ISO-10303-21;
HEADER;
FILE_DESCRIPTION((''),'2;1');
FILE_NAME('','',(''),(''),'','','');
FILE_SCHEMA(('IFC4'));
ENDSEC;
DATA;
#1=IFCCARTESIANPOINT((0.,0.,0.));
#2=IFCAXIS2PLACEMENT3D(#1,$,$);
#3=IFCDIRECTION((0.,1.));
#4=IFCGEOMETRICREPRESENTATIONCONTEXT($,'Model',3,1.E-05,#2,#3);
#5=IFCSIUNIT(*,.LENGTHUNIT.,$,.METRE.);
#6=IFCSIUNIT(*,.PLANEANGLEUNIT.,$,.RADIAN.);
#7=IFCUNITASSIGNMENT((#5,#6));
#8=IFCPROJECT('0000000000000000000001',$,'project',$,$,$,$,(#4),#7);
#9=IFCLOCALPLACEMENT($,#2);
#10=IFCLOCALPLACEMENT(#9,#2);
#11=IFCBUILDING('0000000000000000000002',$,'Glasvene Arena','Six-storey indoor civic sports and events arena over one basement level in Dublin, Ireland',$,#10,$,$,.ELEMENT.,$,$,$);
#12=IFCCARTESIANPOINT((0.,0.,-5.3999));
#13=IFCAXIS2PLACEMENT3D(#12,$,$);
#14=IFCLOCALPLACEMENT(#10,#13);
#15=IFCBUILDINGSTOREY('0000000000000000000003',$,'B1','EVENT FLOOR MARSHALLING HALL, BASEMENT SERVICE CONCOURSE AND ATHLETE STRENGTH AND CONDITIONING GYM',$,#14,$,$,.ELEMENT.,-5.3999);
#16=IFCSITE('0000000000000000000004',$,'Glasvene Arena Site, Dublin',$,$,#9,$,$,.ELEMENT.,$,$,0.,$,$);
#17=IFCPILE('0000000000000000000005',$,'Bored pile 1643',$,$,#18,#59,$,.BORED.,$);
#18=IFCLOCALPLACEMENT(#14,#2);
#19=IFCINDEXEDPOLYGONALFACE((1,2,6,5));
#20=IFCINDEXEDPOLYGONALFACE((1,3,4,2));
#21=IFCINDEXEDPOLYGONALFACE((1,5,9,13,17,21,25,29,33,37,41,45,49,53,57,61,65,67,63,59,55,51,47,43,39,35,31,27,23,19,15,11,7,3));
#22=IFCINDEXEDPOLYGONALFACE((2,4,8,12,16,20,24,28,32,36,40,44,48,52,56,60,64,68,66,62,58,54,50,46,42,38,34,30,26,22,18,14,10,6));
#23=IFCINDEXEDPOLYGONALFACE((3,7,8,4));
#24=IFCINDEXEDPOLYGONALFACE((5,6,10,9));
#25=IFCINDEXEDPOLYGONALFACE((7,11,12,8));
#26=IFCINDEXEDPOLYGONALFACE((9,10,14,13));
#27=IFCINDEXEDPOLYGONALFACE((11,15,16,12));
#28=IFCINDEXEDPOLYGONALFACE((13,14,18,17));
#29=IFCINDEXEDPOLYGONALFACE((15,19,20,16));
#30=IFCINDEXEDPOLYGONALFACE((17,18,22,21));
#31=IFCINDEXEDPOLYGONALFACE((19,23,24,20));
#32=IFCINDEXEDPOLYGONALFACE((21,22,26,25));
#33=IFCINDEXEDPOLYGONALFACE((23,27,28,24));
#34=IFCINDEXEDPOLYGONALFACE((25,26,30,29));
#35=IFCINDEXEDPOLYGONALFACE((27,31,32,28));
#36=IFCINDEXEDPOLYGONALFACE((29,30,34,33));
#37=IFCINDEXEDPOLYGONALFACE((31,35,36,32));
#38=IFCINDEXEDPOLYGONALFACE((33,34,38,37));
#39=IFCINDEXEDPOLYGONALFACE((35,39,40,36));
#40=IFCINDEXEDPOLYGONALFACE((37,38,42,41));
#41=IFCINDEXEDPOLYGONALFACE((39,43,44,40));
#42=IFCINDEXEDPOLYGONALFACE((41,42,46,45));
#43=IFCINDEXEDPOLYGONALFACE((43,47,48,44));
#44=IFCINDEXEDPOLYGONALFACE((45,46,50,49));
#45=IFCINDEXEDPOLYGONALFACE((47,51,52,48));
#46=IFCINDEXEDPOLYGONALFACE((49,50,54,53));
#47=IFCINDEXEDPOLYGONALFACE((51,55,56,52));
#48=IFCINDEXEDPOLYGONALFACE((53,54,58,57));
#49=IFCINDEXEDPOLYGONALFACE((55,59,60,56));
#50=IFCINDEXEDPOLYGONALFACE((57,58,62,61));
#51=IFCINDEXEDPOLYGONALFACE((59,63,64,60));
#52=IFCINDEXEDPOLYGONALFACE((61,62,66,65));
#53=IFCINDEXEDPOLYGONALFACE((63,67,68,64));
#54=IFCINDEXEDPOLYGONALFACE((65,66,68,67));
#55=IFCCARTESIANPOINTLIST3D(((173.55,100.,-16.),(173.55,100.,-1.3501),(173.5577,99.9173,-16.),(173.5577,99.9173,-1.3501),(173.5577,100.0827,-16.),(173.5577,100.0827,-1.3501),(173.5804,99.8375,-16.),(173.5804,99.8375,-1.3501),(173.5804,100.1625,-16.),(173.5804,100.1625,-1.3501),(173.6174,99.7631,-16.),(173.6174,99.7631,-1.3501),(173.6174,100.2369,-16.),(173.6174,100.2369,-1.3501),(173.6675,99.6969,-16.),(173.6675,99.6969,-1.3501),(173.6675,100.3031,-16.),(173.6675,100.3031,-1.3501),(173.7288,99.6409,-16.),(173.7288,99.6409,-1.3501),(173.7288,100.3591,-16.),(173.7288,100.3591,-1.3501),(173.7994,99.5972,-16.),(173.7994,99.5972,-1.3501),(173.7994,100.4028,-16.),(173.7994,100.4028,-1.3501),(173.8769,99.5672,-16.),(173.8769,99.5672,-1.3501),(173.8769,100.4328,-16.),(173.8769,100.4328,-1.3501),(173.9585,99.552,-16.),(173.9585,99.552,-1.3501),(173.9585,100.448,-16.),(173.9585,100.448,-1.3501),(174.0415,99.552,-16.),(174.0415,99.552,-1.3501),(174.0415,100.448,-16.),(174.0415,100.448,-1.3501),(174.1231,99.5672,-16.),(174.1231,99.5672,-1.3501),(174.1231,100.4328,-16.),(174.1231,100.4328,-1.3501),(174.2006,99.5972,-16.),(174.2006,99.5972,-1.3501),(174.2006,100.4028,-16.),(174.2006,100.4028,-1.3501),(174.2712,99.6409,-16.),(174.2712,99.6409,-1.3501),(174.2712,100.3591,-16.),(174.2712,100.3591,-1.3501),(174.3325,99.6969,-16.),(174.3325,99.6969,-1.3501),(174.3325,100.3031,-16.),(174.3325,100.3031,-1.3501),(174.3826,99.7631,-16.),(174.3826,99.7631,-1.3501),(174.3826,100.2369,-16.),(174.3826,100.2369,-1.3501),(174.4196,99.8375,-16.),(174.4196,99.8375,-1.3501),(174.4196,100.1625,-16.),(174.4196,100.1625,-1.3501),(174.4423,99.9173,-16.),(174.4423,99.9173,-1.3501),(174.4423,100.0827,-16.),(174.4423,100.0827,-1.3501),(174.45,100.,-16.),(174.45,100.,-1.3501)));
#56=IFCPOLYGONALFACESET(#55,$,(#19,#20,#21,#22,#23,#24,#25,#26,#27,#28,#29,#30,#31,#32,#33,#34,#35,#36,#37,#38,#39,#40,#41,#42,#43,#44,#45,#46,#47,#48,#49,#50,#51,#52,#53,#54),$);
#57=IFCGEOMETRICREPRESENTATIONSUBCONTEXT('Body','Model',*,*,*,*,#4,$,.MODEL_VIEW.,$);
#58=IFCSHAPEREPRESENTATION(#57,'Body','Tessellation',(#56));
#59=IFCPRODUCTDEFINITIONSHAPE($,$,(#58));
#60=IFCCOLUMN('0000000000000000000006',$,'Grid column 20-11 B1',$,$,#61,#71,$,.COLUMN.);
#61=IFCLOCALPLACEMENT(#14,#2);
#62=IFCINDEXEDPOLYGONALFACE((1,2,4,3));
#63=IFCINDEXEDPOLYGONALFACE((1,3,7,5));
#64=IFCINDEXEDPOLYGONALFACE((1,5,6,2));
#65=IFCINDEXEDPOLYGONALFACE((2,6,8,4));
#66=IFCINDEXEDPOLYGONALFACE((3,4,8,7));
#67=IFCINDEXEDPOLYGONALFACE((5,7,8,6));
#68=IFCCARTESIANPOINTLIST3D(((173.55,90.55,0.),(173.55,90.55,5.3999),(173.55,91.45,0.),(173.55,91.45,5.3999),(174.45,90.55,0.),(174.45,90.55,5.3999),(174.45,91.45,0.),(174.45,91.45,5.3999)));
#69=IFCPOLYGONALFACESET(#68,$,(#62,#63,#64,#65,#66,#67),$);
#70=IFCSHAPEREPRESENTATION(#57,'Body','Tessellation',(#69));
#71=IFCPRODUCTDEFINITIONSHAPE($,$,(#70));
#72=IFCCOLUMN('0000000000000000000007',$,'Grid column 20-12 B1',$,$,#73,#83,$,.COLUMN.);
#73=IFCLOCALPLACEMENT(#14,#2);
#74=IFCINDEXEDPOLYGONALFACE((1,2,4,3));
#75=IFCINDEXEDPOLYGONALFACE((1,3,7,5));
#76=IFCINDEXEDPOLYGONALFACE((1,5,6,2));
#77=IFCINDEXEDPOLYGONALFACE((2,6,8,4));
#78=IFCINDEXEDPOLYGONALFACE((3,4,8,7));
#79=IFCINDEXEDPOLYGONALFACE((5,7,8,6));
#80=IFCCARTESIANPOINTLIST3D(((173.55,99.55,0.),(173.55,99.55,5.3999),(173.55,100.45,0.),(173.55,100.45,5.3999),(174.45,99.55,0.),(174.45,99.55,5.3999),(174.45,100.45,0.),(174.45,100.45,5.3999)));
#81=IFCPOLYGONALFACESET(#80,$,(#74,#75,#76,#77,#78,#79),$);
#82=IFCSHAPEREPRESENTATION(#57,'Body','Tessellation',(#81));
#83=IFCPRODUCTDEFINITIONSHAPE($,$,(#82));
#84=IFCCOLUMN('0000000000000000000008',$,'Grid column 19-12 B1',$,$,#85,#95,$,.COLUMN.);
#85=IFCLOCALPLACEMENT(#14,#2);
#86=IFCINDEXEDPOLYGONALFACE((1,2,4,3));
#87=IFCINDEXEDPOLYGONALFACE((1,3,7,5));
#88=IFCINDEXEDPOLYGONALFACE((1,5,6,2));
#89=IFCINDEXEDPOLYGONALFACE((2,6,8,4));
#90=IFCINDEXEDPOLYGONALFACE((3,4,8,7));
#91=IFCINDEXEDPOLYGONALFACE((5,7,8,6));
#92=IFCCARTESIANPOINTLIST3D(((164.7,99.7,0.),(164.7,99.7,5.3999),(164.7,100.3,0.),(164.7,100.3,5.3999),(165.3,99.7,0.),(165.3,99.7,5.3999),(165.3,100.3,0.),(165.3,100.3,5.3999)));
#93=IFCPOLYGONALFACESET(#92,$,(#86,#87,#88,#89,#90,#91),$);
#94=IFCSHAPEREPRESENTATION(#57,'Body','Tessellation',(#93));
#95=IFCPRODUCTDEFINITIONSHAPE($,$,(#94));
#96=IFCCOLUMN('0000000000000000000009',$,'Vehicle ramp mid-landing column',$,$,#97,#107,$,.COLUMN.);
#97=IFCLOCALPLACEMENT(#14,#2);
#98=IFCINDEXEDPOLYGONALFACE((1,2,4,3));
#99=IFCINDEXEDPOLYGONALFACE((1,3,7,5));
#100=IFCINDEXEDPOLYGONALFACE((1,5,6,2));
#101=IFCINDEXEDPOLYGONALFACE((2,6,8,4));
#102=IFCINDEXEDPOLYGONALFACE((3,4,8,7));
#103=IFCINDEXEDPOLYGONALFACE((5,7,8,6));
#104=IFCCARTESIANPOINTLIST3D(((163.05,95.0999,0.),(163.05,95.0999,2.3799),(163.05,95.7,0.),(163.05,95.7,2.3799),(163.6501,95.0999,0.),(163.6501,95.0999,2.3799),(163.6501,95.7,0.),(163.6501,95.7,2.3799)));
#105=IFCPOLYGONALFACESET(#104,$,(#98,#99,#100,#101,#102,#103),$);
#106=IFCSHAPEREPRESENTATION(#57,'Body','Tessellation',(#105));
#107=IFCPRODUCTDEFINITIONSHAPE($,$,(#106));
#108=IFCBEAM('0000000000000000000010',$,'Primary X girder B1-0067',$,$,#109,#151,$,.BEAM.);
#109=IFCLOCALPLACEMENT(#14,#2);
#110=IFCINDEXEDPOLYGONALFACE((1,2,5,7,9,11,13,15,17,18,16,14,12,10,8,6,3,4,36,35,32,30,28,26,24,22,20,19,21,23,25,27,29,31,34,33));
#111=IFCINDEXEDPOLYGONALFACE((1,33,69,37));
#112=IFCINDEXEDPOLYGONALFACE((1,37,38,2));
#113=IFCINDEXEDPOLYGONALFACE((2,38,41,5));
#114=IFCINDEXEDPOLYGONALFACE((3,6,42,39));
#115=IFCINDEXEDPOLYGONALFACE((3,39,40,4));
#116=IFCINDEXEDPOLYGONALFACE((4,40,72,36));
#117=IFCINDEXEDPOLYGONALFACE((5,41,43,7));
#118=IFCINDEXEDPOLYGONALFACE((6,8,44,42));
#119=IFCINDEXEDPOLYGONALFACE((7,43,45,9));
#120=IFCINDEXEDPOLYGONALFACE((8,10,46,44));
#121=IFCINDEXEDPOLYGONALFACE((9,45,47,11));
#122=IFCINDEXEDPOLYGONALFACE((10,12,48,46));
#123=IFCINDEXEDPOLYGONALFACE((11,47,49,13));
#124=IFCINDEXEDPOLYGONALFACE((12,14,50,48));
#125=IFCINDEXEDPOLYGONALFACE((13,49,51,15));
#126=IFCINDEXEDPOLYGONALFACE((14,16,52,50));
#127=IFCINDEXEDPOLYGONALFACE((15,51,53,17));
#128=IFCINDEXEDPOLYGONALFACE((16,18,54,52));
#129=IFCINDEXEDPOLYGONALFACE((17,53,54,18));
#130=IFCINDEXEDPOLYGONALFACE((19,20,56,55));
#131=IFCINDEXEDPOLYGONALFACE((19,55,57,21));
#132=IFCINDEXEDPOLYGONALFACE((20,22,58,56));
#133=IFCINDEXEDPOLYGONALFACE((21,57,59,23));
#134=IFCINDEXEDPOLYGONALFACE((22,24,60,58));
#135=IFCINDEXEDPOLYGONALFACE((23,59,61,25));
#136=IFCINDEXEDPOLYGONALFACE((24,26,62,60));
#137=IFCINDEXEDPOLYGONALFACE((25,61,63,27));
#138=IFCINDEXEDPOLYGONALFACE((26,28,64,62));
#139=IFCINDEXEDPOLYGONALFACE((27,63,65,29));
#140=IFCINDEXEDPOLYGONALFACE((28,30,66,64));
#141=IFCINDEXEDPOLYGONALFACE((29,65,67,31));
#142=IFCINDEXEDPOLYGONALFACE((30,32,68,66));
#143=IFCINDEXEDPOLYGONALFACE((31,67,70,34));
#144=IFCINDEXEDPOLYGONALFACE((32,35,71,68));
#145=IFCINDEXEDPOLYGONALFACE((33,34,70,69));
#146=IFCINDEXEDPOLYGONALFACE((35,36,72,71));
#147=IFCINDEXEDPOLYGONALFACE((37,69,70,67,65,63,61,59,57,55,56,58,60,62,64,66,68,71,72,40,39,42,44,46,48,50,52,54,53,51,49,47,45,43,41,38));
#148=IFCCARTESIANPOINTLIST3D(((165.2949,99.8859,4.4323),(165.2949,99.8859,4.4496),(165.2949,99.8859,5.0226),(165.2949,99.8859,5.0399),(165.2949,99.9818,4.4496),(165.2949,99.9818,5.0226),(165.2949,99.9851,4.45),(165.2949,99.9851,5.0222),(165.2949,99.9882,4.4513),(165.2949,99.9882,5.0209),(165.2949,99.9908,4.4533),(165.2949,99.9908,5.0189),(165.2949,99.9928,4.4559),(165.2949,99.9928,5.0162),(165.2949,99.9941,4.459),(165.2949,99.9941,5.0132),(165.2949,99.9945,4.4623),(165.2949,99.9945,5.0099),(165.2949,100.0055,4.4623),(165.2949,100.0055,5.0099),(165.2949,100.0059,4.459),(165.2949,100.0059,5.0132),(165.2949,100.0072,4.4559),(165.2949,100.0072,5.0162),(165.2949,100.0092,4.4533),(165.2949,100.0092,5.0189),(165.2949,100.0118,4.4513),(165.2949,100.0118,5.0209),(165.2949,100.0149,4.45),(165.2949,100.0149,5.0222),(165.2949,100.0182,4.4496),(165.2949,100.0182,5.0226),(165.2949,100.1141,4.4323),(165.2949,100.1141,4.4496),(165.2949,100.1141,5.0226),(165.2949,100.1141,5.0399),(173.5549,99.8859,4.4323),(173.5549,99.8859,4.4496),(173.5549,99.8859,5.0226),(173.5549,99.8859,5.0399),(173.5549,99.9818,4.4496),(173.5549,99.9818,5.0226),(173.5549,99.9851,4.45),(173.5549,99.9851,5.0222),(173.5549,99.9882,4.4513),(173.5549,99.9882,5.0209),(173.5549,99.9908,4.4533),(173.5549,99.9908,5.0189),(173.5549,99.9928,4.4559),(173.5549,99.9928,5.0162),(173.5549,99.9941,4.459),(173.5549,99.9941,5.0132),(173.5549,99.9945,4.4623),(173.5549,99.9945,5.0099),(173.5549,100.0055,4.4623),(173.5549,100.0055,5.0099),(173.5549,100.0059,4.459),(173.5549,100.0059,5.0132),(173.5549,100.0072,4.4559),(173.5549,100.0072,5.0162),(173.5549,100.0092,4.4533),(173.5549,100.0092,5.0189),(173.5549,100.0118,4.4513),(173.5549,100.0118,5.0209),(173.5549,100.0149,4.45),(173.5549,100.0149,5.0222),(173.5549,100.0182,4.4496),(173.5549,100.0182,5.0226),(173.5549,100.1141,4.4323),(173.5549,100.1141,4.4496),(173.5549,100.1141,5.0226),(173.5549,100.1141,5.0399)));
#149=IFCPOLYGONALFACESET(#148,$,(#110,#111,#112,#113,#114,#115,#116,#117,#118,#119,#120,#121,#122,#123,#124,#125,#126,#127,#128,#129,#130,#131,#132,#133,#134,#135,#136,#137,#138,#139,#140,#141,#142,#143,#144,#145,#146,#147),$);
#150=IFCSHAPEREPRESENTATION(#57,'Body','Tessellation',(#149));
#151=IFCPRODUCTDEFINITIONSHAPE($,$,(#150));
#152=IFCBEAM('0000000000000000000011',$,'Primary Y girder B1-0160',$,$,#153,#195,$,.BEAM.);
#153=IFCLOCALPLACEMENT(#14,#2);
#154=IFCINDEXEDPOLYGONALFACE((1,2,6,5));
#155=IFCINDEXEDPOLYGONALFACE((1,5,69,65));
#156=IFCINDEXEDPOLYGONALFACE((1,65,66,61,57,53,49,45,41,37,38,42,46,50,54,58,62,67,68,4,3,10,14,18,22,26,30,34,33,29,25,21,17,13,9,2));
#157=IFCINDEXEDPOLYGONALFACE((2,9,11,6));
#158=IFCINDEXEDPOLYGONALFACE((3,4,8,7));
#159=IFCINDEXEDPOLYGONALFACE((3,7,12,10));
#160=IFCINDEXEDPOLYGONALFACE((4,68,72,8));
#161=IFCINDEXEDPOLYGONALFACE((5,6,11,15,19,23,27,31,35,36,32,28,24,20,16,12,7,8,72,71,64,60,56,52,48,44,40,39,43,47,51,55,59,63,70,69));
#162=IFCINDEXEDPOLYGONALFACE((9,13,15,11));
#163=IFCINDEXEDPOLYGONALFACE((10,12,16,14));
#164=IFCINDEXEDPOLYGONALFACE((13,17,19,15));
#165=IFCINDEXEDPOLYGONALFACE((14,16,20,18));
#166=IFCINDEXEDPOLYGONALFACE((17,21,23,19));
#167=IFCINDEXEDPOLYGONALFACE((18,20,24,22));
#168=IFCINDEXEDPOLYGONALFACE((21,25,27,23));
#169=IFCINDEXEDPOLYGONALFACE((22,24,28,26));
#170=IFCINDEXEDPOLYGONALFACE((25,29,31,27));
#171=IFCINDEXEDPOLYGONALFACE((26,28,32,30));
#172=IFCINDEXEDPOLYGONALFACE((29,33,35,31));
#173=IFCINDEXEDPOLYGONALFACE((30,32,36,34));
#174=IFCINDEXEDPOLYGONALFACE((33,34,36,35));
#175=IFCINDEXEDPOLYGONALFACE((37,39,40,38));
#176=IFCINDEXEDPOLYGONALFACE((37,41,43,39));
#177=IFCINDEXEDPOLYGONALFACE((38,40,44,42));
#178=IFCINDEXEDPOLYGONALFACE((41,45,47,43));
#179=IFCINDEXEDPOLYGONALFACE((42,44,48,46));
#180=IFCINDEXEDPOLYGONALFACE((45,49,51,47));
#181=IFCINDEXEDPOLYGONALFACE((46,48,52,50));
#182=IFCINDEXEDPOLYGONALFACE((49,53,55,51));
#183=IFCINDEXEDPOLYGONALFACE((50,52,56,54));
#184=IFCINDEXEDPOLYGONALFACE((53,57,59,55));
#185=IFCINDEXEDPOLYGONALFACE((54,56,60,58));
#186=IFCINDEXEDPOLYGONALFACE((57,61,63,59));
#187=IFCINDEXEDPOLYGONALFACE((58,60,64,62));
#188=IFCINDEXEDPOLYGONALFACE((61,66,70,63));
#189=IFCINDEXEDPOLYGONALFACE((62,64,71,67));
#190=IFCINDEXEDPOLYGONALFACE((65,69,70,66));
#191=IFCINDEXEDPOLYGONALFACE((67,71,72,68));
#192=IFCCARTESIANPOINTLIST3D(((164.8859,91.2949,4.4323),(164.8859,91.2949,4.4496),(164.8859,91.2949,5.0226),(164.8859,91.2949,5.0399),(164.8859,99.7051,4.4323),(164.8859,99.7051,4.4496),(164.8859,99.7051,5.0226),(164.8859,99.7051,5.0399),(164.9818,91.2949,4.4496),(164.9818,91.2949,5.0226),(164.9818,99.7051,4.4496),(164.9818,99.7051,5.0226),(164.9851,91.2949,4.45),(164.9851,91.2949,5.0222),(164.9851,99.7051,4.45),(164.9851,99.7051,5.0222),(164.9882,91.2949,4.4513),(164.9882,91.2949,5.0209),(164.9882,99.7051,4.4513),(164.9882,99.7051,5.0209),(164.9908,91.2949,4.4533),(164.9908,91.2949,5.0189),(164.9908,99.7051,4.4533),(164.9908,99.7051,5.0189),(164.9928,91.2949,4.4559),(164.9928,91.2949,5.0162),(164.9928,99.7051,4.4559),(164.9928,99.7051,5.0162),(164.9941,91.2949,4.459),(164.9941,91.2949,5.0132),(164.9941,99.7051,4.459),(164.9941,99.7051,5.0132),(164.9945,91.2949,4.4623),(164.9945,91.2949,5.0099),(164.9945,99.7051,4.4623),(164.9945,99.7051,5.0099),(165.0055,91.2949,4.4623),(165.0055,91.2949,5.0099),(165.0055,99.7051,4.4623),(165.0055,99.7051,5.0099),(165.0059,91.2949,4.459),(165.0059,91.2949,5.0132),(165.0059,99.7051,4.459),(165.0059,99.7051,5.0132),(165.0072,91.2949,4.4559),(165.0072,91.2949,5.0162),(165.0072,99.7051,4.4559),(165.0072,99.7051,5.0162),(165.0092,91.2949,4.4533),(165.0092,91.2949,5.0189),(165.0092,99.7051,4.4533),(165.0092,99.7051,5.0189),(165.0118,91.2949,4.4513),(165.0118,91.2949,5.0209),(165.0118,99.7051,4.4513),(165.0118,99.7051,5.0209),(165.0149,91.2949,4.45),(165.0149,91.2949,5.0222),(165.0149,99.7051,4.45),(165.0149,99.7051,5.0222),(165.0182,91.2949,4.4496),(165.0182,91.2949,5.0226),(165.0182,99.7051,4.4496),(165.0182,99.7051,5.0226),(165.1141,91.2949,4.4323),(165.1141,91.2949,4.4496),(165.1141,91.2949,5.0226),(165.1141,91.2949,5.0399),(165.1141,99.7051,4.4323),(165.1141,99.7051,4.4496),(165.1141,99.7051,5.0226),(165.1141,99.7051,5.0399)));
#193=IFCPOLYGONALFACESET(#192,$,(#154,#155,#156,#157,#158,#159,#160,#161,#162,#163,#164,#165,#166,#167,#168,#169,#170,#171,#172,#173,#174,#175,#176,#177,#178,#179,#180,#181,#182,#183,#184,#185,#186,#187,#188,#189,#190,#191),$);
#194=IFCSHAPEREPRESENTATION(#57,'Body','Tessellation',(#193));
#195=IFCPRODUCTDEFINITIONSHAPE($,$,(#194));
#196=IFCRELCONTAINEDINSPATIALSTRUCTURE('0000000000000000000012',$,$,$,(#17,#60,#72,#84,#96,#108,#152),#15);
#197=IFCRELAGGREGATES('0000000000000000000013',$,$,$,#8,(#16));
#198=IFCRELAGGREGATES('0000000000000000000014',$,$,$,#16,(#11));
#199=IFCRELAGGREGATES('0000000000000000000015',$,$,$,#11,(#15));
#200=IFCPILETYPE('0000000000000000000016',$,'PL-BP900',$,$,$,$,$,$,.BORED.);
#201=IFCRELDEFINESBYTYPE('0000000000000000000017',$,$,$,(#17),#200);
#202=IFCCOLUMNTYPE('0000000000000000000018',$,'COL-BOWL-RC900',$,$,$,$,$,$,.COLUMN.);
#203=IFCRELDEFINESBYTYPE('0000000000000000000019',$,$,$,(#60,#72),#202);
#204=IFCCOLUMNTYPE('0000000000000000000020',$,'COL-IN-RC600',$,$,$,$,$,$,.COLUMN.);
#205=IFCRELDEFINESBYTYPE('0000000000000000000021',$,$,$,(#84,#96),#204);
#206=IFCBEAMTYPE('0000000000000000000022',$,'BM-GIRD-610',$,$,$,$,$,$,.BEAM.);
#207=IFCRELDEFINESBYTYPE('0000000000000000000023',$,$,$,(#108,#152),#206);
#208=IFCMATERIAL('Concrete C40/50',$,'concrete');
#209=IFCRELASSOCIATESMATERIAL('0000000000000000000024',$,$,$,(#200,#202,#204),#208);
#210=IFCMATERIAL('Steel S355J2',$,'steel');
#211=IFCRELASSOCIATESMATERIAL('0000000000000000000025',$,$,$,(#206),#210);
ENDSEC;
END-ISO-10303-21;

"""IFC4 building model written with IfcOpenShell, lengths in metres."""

from ifc_helpers import new_model, si_unit, direction, frame, origin, origin_2d, place, context, subcontext, project, spatial, rectangle, circle, i_section, extrude, material, material_profile, profile_set, type_object, element, save


model = new_model("IFC4")

# Units and contexts
model_context = context("Model", 3, precision=1e-05, world=origin(), true_north=direction((0.0, 1.0)))
body_context = subcontext(model_context, "Body", "Model", "MODEL_VIEW")
ifc_project = project(units=[si_unit("LENGTHUNIT", "METRE"), si_unit("PLANEANGLEUNIT", "RADIAN")], contexts=[model_context])

# Site, building, storey
site_placement = place(None, origin())
site = spatial("IfcSite", under=ifc_project, at=site_placement, Name="Glasvene Arena Site, Dublin", CompositionType="ELEMENT", RefElevation=0.0)
building_placement = place(site_placement, origin())
building = spatial("IfcBuilding", under=site, at=building_placement, Name="Glasvene Arena", Description="Six-storey indoor civic sports and events arena over one basement level in Dublin, Ireland", CompositionType="ELEMENT")
storey_placement = place(building_placement, frame((0.0, 0.0, -5.3999)))
storey = spatial("IfcBuildingStorey", under=building, at=storey_placement, Name="B1", Description="EVENT FLOOR MARSHALLING HALL, BASEMENT SERVICE CONCOURSE AND ATHLETE STRENGTH AND CONDITIONING GYM", CompositionType="ELEMENT", Elevation=-5.3999)

# Shared definitions
ifc_material_1 = material(Name="Concrete C40/50", Category="concrete")

# Pile
ifc_material_profile_1 = material_profile(ifc_material_1, circle(Radius=0.45, at=origin_2d()), Name="BORED PILE 900")
ifc_profile_set_1 = profile_set([ifc_material_profile_1], Name="Concrete C40/50")
pile_type = type_object("IfcPileType", Name="PL-BP900", PredefinedType="BORED", material=ifc_profile_set_1)
for number, where, z_axis, x_axis, name in (
    (1, (174.0, 100.0, -1.3501), (0.0, 0.0, -1.0), (1.0, 0.0, 0.0), "Bored pile 1643"),
):
    element("IfcPile", number, at=place(storey_placement, frame(where, z_axis=z_axis, x_axis=x_axis)), inside=storey, type_object=pile_type, Name=name, PredefinedType="BORED", context=body_context, shape_type="SweptSolid", body=[
        extrude(circle(Radius=0.45, at=origin_2d()), origin(), (0.0, 0.0, 1.0), 14.6499),
    ])

# Columns
ifc_material_profile_2 = material_profile(ifc_material_1, rectangle(XDim=0.8999, YDim=0.8999, at=origin_2d()), Name="RC 900x900")
ifc_profile_set_2 = profile_set([ifc_material_profile_2], Name="Concrete C40/50")
column_type_1 = type_object("IfcColumnType", Name="COL-BOWL-RC900", PredefinedType="COLUMN", material=ifc_profile_set_2)
for number, where, z_axis, x_axis, name in (
    (2, (174.0, 91.0, 0.0), (0.0, 0.0, 1.0), (1.0, 0.0, 0.0), "Grid column 20-11 B1"),
    (3, (174.0, 100.0, 0.0), (0.0, 0.0, 1.0), (1.0, 0.0, 0.0), "Grid column 20-12 B1"),
):
    element("IfcColumn", number, at=place(storey_placement, frame(where, z_axis=z_axis, x_axis=x_axis)), inside=storey, type_object=column_type_1, Name=name, PredefinedType="COLUMN", context=body_context, shape_type="SweptSolid", body=[
        extrude(rectangle(XDim=0.8999, YDim=0.8999, at=origin_2d()), origin(), (0.0, 0.0, 1.0), 5.3999),
    ])
ifc_material_profile_3 = material_profile(ifc_material_1, rectangle(XDim=0.6001, YDim=0.6001, at=origin_2d()), Name="RC 600x600")
ifc_profile_set_3 = profile_set([ifc_material_profile_3], Name="Concrete C40/50")
column_type_2 = type_object("IfcColumnType", Name="COL-IN-RC600", PredefinedType="COLUMN", material=ifc_profile_set_3)
column_1_placement = place(storey_placement, frame((165.0, 100.0, 0.0), z_axis=(0.0, 0.0, 1.0), x_axis=(1.0, 0.0, 0.0)))
element("IfcColumn", 4, at=column_1_placement, inside=storey, type_object=column_type_2, Name="Grid column 19-12 B1", PredefinedType="COLUMN", context=body_context, shape_type="SweptSolid", body=[
    extrude(rectangle(XDim=0.6001, YDim=0.6001, at=origin_2d()), origin(), (0.0, 0.0, 1.0), 5.3999),
])
column_2_placement = place(storey_placement, frame((163.3501, 95.3999, 0.0), z_axis=(0.0, 0.0, 1.0), x_axis=(1.0, 0.0, 0.0)))
element("IfcColumn", 5, at=column_2_placement, inside=storey, type_object=column_type_2, Name="Vehicle ramp mid-landing column", PredefinedType="COLUMN", context=body_context, shape_type="SweptSolid", body=[
    extrude(rectangle(XDim=0.6001, YDim=0.6001, at=origin_2d()), origin(), (0.0, 0.0, 1.0), 2.3799),
])

# Beams
ifc_material_2 = material(Name="Steel S355J2", Category="steel")
ifc_material_profile_4 = material_profile(ifc_material_2, i_section(OverallWidth=0.2283, OverallDepth=0.6077, WebThickness=0.011, FlangeThickness=0.0173, FilletRadius=0.0127, at=origin_2d()), Name="UKB 610x229x113")
ifc_profile_set_4 = profile_set([ifc_material_profile_4], Name="Steel S355J2")
beam_type_1 = type_object("IfcBeamType", Name="BM-GIRD-610", PredefinedType="BEAM", material=ifc_profile_set_4)
beam_placement = place(storey_placement, frame((165.2949, 100.0, 4.7361), z_axis=(1.0, 0.0, 0.0), x_axis=(0.0, 1.0, 0.0)))
element("IfcBeam", 6, at=beam_placement, inside=storey, type_object=beam_type_1, Name="Primary X girder B1-0067", PredefinedType="BEAM", context=body_context, shape_type="SweptSolid", body=[
    extrude(i_section(OverallWidth=0.2283, OverallDepth=0.6077, WebThickness=0.011, FlangeThickness=0.0173, FilletRadius=0.0127, at=origin_2d()), origin(), (0.0, 0.0, 1.0), 8.26),
])
for number, where, z_axis, x_axis, name in (
    (7, (165.0, 91.2949, 4.7361), (0.0, 1.0, 0.0), (-1.0, 0.0, 0.0), "Primary Y girder B1-0160"),
):
    element("IfcBeam", number, at=place(storey_placement, frame(where, z_axis=z_axis, x_axis=x_axis)), inside=storey, type_object=beam_type_1, Name=name, PredefinedType="BEAM", context=body_context, shape_type="SweptSolid", body=[
        extrude(i_section(OverallWidth=0.2283, OverallDepth=0.6077, WebThickness=0.011, FlangeThickness=0.0173, FilletRadius=0.0127, at=origin_2d()), origin(), (0.0, 0.0, 1.0), 8.4102),
    ])

save(model, "model.ifc")
